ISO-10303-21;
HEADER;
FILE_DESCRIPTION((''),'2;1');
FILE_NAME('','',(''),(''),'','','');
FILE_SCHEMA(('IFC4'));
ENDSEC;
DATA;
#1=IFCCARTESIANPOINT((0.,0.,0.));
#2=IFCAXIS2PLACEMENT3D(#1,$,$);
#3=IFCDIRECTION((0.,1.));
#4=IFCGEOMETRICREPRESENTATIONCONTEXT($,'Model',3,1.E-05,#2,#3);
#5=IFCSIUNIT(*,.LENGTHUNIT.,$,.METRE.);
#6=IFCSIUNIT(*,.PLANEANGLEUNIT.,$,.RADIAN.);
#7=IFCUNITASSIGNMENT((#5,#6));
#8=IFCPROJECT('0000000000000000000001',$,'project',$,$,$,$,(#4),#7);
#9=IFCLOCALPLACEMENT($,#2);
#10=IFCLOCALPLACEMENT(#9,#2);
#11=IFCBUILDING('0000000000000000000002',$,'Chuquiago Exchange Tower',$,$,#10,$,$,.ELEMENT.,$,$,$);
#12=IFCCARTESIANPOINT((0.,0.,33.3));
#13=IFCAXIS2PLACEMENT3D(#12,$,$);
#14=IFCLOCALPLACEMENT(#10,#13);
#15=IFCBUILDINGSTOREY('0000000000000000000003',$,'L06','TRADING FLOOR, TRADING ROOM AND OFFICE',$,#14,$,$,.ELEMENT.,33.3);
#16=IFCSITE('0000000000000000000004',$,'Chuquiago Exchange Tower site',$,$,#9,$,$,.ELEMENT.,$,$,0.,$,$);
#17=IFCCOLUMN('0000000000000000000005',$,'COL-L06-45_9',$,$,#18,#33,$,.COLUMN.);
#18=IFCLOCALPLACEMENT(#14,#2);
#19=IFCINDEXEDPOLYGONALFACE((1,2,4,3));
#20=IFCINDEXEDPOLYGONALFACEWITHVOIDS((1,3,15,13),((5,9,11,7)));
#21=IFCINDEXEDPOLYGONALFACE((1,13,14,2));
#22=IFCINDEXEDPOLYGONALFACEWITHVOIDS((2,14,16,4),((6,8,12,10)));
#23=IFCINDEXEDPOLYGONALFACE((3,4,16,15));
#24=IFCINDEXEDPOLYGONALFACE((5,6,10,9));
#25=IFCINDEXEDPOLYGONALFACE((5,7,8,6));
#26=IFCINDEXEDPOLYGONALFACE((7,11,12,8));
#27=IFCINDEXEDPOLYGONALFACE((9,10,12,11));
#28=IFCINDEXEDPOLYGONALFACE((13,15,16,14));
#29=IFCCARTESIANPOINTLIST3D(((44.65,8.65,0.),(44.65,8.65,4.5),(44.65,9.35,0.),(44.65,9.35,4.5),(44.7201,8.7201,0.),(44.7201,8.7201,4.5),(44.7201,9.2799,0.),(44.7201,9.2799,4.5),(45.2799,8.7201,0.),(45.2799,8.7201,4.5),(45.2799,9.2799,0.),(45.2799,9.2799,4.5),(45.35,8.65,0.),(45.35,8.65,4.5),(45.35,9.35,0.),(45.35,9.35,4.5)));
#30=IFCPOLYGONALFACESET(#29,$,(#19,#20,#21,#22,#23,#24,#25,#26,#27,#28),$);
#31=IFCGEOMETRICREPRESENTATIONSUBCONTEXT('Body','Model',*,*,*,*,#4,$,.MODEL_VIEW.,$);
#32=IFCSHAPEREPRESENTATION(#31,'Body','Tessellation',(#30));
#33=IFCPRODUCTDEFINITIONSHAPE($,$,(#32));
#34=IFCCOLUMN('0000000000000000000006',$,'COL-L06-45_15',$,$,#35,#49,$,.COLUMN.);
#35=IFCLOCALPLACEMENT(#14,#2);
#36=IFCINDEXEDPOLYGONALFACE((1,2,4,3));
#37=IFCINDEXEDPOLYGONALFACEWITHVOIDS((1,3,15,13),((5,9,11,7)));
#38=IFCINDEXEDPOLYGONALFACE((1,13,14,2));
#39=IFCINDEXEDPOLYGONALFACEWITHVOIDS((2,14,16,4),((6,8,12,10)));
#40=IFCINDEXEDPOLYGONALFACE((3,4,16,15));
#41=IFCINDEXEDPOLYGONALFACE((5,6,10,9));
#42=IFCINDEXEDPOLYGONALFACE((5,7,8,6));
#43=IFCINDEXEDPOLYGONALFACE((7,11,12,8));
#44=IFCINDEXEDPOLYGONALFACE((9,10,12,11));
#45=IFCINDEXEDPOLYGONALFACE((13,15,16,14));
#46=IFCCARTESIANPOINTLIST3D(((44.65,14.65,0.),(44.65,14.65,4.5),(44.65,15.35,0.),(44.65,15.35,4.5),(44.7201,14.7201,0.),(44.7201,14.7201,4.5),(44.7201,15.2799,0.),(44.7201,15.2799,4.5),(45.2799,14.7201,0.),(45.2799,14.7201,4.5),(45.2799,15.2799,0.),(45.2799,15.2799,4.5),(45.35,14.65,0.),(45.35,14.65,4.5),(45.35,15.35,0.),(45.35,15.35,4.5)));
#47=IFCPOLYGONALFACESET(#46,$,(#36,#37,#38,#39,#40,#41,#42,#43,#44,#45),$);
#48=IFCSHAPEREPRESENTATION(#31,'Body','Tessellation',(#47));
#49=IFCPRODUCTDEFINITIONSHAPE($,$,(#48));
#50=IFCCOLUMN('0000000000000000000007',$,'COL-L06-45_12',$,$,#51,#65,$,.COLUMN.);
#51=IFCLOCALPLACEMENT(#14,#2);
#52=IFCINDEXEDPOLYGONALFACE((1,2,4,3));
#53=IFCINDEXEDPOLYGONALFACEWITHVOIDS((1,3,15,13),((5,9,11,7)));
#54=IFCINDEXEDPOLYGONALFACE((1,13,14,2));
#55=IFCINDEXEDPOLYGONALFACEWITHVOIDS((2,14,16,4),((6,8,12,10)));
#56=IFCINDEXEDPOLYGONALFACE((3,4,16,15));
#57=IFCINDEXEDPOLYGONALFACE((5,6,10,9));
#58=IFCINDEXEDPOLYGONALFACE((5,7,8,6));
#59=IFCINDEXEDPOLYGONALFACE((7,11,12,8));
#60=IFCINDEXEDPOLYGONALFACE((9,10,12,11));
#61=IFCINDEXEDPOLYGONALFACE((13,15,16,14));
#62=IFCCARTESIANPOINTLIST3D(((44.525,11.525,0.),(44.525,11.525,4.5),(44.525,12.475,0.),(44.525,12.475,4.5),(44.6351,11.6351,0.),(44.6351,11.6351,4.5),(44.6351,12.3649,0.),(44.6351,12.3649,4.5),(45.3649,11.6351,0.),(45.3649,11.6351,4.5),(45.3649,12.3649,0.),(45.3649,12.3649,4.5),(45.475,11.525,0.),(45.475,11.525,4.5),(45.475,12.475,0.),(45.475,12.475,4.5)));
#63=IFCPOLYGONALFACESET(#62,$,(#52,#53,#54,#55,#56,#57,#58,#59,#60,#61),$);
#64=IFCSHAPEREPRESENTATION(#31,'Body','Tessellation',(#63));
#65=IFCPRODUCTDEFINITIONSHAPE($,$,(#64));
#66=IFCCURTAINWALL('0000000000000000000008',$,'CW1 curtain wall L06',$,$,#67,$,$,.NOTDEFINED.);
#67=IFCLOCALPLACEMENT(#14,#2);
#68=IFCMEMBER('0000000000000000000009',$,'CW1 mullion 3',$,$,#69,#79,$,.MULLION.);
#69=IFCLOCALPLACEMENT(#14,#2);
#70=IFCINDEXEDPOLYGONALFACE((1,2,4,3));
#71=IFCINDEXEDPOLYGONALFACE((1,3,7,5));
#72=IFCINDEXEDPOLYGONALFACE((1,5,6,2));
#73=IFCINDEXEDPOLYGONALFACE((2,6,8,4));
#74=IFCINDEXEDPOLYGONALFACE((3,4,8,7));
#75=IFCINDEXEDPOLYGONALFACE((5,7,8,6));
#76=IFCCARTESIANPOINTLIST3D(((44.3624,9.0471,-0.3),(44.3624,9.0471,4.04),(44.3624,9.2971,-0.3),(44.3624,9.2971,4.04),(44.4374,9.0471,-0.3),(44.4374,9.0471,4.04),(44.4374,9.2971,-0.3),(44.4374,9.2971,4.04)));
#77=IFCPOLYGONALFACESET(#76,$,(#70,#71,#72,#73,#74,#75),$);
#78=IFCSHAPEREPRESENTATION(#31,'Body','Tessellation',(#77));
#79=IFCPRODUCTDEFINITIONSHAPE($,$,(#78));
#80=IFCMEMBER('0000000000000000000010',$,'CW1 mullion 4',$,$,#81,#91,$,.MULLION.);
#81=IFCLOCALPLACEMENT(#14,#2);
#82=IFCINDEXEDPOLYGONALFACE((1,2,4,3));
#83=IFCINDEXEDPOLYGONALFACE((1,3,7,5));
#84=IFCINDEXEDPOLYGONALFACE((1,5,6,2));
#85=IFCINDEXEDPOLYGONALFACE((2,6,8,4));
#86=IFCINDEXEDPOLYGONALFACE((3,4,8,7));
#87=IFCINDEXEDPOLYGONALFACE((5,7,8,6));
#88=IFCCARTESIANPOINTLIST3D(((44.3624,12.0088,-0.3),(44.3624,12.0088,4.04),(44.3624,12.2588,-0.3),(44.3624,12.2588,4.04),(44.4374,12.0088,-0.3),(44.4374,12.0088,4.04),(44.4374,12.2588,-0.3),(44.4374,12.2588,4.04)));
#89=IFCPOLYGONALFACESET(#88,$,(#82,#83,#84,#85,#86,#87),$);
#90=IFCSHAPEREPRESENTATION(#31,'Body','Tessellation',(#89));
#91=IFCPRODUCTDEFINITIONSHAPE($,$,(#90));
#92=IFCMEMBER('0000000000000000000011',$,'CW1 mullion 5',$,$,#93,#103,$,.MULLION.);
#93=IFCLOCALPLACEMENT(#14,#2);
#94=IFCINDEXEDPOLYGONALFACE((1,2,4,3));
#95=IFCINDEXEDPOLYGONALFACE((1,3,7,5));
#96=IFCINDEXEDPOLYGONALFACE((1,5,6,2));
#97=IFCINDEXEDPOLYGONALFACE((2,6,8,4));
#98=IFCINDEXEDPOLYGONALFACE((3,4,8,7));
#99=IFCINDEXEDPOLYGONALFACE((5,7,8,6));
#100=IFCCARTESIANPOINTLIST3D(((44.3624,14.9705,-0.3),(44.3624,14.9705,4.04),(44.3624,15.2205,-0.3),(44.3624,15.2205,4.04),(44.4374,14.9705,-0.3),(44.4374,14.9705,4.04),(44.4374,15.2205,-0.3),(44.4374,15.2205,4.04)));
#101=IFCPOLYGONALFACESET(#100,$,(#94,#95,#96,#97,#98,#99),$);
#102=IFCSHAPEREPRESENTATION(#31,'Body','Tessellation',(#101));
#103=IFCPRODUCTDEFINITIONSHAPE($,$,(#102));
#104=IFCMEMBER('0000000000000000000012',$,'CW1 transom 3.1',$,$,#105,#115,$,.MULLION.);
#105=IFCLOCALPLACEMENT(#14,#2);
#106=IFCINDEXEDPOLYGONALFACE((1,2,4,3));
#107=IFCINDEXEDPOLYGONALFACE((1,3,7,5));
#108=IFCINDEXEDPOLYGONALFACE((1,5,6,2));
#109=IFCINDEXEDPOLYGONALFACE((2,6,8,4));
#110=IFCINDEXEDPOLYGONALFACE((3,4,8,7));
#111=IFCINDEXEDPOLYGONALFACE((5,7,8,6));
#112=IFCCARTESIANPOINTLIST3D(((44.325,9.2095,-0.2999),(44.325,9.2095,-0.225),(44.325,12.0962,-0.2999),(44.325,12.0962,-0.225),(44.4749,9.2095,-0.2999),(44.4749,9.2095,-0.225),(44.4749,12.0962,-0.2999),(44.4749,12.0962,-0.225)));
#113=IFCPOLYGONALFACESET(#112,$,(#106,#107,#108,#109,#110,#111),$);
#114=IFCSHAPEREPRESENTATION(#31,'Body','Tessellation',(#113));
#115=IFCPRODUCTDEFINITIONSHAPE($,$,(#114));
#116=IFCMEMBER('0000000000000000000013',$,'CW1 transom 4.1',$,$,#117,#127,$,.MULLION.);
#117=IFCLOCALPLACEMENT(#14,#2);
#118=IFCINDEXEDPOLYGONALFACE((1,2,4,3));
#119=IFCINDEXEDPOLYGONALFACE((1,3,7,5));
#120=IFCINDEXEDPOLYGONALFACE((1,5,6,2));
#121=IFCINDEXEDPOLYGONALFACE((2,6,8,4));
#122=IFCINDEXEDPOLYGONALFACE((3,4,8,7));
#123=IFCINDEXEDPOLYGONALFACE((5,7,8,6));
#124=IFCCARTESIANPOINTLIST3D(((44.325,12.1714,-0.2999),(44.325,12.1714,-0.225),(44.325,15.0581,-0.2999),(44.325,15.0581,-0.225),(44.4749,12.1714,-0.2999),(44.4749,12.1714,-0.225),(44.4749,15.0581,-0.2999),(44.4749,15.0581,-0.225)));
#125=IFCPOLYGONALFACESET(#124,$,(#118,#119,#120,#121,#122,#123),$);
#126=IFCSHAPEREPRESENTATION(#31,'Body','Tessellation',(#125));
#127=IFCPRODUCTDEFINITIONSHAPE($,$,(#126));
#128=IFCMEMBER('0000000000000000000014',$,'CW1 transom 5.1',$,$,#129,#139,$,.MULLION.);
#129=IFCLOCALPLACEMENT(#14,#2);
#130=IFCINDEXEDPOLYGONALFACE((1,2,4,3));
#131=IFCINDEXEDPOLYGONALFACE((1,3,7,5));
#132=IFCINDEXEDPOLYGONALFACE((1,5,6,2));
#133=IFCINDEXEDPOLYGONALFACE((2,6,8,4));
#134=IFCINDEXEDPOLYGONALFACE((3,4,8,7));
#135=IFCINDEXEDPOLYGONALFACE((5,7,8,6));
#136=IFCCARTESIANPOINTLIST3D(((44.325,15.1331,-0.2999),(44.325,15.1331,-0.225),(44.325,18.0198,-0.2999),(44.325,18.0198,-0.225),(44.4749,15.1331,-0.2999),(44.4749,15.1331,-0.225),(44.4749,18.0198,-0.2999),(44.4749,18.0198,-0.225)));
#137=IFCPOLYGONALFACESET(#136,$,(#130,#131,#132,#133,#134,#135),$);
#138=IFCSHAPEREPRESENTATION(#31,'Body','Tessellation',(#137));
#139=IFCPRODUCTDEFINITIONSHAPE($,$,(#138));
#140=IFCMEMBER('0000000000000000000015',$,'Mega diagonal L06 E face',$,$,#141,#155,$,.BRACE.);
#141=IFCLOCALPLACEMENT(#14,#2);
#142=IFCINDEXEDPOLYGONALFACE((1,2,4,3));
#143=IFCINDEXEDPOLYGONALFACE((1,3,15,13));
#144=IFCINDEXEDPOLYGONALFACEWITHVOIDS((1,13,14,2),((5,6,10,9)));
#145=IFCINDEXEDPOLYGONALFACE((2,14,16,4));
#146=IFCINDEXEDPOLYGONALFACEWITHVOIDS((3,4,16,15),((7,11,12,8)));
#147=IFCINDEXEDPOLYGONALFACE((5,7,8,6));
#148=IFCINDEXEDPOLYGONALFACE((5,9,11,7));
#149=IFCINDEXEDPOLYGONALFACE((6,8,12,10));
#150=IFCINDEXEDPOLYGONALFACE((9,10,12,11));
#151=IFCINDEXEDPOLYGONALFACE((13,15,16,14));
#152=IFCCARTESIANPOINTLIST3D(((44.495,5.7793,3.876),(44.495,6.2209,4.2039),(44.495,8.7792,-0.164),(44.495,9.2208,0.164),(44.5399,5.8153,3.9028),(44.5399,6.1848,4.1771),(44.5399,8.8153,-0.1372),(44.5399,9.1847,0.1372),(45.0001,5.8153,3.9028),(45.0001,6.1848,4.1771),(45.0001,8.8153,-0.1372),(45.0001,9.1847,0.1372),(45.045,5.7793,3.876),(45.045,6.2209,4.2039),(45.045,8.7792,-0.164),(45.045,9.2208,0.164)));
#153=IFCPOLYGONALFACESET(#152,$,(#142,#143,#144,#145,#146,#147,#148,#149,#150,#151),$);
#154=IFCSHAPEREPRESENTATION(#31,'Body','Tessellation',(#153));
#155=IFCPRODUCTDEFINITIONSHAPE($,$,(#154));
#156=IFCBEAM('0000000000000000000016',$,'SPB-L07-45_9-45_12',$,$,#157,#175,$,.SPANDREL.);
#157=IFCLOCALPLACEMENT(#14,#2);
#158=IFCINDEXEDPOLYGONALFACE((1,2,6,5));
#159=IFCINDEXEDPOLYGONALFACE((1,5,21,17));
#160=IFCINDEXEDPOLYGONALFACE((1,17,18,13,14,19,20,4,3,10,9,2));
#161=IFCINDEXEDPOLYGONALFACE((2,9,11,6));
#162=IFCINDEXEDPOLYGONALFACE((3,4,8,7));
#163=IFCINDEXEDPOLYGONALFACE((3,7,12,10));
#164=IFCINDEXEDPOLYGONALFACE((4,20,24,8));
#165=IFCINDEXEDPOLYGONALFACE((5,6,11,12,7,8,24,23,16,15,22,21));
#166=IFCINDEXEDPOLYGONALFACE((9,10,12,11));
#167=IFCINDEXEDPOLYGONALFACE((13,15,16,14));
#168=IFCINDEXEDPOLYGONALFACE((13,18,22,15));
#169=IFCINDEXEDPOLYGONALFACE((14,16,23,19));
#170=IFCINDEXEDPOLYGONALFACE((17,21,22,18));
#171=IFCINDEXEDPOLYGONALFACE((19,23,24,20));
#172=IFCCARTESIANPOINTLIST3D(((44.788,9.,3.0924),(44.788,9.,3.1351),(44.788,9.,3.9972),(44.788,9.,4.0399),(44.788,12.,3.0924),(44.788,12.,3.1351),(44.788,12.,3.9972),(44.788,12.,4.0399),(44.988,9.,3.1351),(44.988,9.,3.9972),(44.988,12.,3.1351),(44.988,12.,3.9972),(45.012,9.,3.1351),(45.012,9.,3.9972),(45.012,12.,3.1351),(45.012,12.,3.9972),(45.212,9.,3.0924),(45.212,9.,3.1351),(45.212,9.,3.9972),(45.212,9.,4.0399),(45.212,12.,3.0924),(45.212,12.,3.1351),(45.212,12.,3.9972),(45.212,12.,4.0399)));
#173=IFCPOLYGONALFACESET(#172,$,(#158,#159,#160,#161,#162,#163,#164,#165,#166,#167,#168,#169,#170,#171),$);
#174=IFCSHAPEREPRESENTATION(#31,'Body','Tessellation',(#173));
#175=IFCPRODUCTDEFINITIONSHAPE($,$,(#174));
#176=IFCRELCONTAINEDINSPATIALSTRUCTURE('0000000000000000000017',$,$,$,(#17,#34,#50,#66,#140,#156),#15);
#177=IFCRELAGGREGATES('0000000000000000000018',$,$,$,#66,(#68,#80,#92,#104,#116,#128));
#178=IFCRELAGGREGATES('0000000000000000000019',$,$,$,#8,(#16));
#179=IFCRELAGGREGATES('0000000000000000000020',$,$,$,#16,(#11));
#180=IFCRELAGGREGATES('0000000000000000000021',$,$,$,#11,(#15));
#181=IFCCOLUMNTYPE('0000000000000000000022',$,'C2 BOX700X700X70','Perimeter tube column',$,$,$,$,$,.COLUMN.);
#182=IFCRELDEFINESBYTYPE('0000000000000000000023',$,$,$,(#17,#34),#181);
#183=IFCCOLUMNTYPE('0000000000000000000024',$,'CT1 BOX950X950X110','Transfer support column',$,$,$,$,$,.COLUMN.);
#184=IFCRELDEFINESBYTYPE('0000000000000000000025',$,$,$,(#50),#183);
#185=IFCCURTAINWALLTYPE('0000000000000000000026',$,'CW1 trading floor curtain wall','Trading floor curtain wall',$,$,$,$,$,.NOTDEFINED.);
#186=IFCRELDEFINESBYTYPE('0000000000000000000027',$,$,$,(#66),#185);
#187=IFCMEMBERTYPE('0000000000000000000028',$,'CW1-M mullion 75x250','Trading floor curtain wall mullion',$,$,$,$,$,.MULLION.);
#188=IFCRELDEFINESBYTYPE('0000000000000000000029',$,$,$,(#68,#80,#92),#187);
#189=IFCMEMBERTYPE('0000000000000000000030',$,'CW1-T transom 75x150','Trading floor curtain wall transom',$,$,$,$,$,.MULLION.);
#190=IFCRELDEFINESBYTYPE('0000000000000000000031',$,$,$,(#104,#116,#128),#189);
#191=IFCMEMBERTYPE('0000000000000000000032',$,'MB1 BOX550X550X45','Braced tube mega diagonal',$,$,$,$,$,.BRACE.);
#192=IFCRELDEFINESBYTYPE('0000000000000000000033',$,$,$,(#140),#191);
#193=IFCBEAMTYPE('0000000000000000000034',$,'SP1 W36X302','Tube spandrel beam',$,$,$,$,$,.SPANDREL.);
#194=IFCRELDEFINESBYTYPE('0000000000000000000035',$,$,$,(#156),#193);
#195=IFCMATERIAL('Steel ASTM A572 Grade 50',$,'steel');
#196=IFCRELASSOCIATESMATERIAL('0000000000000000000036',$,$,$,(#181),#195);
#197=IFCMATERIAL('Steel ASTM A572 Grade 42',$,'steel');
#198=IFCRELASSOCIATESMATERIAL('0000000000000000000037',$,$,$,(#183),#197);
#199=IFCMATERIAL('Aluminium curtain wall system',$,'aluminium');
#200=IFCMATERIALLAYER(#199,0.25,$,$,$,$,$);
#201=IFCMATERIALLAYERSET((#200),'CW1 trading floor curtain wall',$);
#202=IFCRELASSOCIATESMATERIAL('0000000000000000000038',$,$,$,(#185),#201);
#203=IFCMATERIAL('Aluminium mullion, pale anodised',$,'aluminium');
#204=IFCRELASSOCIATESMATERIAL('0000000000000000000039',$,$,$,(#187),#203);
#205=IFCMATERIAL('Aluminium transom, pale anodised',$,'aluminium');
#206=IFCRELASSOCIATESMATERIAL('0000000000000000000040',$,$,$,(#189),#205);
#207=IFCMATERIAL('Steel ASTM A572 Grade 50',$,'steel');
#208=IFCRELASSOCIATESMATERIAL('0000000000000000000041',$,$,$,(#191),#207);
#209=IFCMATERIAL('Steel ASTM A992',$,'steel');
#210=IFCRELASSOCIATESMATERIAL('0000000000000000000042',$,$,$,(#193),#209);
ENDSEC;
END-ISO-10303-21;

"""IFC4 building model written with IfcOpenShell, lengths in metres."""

from ifc_helpers import new_model, si_unit, direction, frame, origin, origin_2d, place, context, subcontext, project, spatial, rectangle, hollow_rectangle, i_section, extrude, material, layer, layer_set, material_profile, profile_set, type_object, element, aggregate, save


model = new_model("IFC4")

# Units and contexts
model_context = context("Model", 3, precision=1e-05, world=origin(), true_north=direction((0.0, 1.0)))
body_context = subcontext(model_context, "Body", "Model", "MODEL_VIEW")
ifc_project = project(units=[si_unit("LENGTHUNIT", "METRE"), si_unit("PLANEANGLEUNIT", "RADIAN")], contexts=[model_context])

# Site, building, storey
site_placement = place(None, origin())
site = spatial("IfcSite", under=ifc_project, at=site_placement, Name="Chuquiago Exchange Tower site", CompositionType="ELEMENT", RefElevation=0.0)
building_placement = place(site_placement, origin())
building = spatial("IfcBuilding", under=site, at=building_placement, Name="Chuquiago Exchange Tower", CompositionType="ELEMENT")
storey_placement = place(building_placement, frame((0.0, 0.0, 33.3)))
storey = spatial("IfcBuildingStorey", under=building, at=storey_placement, Name="L06", Description="TRADING FLOOR, TRADING ROOM AND OFFICE", CompositionType="ELEMENT", Elevation=33.3)

# Columns
ifc_material_1 = material(Name="Steel ASTM A572 Grade 50", Category="steel")
ifc_material_profile_1 = material_profile(ifc_material_1, hollow_rectangle(XDim=0.7, YDim=0.7, WallThickness=0.0701, at=origin_2d()), Name="BOX700X700X70")
ifc_profile_set_1 = profile_set([ifc_material_profile_1], Name="Steel ASTM A572 Grade 50")
column_type_1 = type_object("IfcColumnType", Name="C2 BOX700X700X70", Description="Perimeter tube column", PredefinedType="COLUMN", material=ifc_profile_set_1)
for number, where, z_axis, x_axis, name in (
    (1, (45.0, 9.0, 0.0), (0.0, 0.0, 1.0), (1.0, 0.0, 0.0), "COL-L06-45_9"),
    (2, (45.0, 15.0, 0.0), (0.0, 0.0, 1.0), (1.0, 0.0, 0.0), "COL-L06-45_15"),
):
    element("IfcColumn", number, at=place(storey_placement, frame(where, z_axis=z_axis, x_axis=x_axis)), inside=storey, type_object=column_type_1, Name=name, PredefinedType="COLUMN", context=body_context, shape_type="SweptSolid", body=[
        extrude(hollow_rectangle(XDim=0.7, YDim=0.7, WallThickness=0.0701, at=origin_2d()), origin(), (0.0, 0.0, 1.0), 4.5),
    ])
ifc_material_2 = material(Name="Steel ASTM A572 Grade 42", Category="steel")
ifc_material_profile_2 = material_profile(ifc_material_2, hollow_rectangle(XDim=0.95, YDim=0.95, WallThickness=0.1101, at=origin_2d()), Name="BOX950X950X110")
ifc_profile_set_2 = profile_set([ifc_material_profile_2], Name="Steel ASTM A572 Grade 42")
column_type_2 = type_object("IfcColumnType", Name="CT1 BOX950X950X110", Description="Transfer support column", PredefinedType="COLUMN", material=ifc_profile_set_2)
column_placement = place(storey_placement, frame((45.0, 12.0, 0.0), z_axis=(0.0, 0.0, 1.0), x_axis=(1.0, 0.0, 0.0)))
element("IfcColumn", 3, at=column_placement, inside=storey, type_object=column_type_2, Name="COL-L06-45_12", PredefinedType="COLUMN", context=body_context, shape_type="SweptSolid", body=[
    extrude(hollow_rectangle(XDim=0.95, YDim=0.95, WallThickness=0.1101, at=origin_2d()), origin(), (0.0, 0.0, 1.0), 4.5),
])

# Curtain wall, members
ifc_material_3 = material(Name="Aluminium curtain wall system", Category="aluminium")
ifc_layer_1 = layer(ifc_material_3, 0.25)
ifc_layer_set_1 = layer_set([ifc_layer_1], Name="CW1 trading floor curtain wall")
curtain_wall_type = type_object("IfcCurtainWallType", Name="CW1 trading floor curtain wall", Description="Trading floor curtain wall", PredefinedType="NOTDEFINED", material=ifc_layer_set_1)
curtain_wall_placement = place(storey_placement, origin())
curtain_wall = element("IfcCurtainWall", 4, at=curtain_wall_placement, inside=storey, type_object=curtain_wall_type, Name="CW1 curtain wall L06", PredefinedType="NOTDEFINED")
ifc_material_4 = material(Name="Aluminium mullion, pale anodised", Category="aluminium")
ifc_material_profile_3 = material_profile(ifc_material_4, rectangle(XDim=0.075, YDim=0.25, at=origin_2d()), Name="AL 75x250")
ifc_profile_set_3 = profile_set([ifc_material_profile_3], Name="Aluminium mullion, pale anodised")
member_type_1 = type_object("IfcMemberType", Name="CW1-M mullion 75x250", Description="Trading floor curtain wall mullion", PredefinedType="MULLION", material=ifc_profile_set_3)
member_1_placement = place(storey_placement, frame((44.3999, 9.1721, -0.3), z_axis=(0.0, 0.0, 1.0), x_axis=(-1.0, 0.0, 0.0)))
member_1 = element("IfcMember", 5, at=member_1_placement, type_object=member_type_1, Name="CW1 mullion 3", PredefinedType="MULLION", context=body_context, shape_type="SweptSolid", body=[
    extrude(rectangle(XDim=0.075, YDim=0.25, at=origin_2d()), origin(), (0.0, 0.0, 1.0), 4.3401),
])
member_2_placement = place(storey_placement, frame((44.3999, 12.1338, -0.3), z_axis=(0.0, 0.0, 1.0), x_axis=(-1.0, 0.0, 0.0)))
member_2 = element("IfcMember", 6, at=member_2_placement, type_object=member_type_1, Name="CW1 mullion 4", PredefinedType="MULLION", context=body_context, shape_type="SweptSolid", body=[
    extrude(rectangle(XDim=0.075, YDim=0.25, at=origin_2d()), origin(), (0.0, 0.0, 1.0), 4.3401),
])
member_3_placement = place(storey_placement, frame((44.3999, 15.0955, -0.3), z_axis=(0.0, 0.0, 1.0), x_axis=(-1.0, 0.0, 0.0)))
member_3 = element("IfcMember", 7, at=member_3_placement, type_object=member_type_1, Name="CW1 mullion 5", PredefinedType="MULLION", context=body_context, shape_type="SweptSolid", body=[
    extrude(rectangle(XDim=0.075, YDim=0.25, at=origin_2d()), origin(), (0.0, 0.0, 1.0), 4.3401),
])
ifc_material_5 = material(Name="Aluminium transom, pale anodised", Category="aluminium")
ifc_material_profile_4 = material_profile(ifc_material_5, rectangle(XDim=0.1499, YDim=0.075, at=origin_2d()), Name="AL 150x75")
ifc_profile_set_4 = profile_set([ifc_material_profile_4], Name="Aluminium transom, pale anodised")
member_type_2 = type_object("IfcMemberType", Name="CW1-T transom 75x150", Description="Trading floor curtain wall transom", PredefinedType="MULLION", material=ifc_profile_set_4)
member_4_placement = place(storey_placement, frame((44.3999, 9.2095, -0.2625), z_axis=(0.0, 1.0, 0.0), x_axis=(-1.0, 0.0, 0.0)))
member_4 = element("IfcMember", 8, at=member_4_placement, type_object=member_type_2, Name="CW1 transom 3.1", PredefinedType="MULLION", context=body_context, shape_type="SweptSolid", body=[
    extrude(rectangle(XDim=0.1499, YDim=0.075, at=origin_2d()), origin(), (0.0, 0.0, 1.0), 2.8867),
])
member_5_placement = place(storey_placement, frame((44.3999, 12.1714, -0.2625), z_axis=(0.0, 1.0, 0.0), x_axis=(-1.0, 0.0, 0.0)))
member_5 = element("IfcMember", 9, at=member_5_placement, type_object=member_type_2, Name="CW1 transom 4.1", PredefinedType="MULLION", context=body_context, shape_type="SweptSolid", body=[
    extrude(rectangle(XDim=0.1499, YDim=0.075, at=origin_2d()), origin(), (0.0, 0.0, 1.0), 2.8867),
])
member_6_placement = place(storey_placement, frame((44.3999, 15.1331, -0.2625), z_axis=(0.0, 1.0, 0.0), x_axis=(-1.0, 0.0, 0.0)))
member_6 = element("IfcMember", 10, at=member_6_placement, type_object=member_type_2, Name="CW1 transom 5.1", PredefinedType="MULLION", context=body_context, shape_type="SweptSolid", body=[
    extrude(rectangle(XDim=0.1499, YDim=0.075, at=origin_2d()), origin(), (0.0, 0.0, 1.0), 2.8867),
])

# Member
ifc_material_6 = material(Name="Steel ASTM A572 Grade 50", Category="steel")
ifc_material_profile_5 = material_profile(ifc_material_6, hollow_rectangle(XDim=0.55, YDim=0.55, WallThickness=0.0449, at=origin_2d()), Name="BOX550X550X45")
ifc_profile_set_5 = profile_set([ifc_material_profile_5], Name="Steel ASTM A572 Grade 50")
member_type_3 = type_object("IfcMemberType", Name="MB1 BOX550X550X45", Description="Braced tube mega diagonal", PredefinedType="BRACE", material=ifc_profile_set_5)
member_7_placement = place(storey_placement, frame((44.77, 9.0, 0.0), z_axis=(0.0, -0.596174, 0.802855), x_axis=(1.0, 0.0, 0.0)))
element("IfcMember", 11, at=member_7_placement, inside=storey, type_object=member_type_3, Name="Mega diagonal L06 E face", PredefinedType="BRACE", context=body_context, shape_type="SweptSolid", body=[
    extrude(hollow_rectangle(XDim=0.55, YDim=0.55, WallThickness=0.0449, at=origin_2d()), origin(), (0.0, 0.0, 1.0), 5.032),
])

# Beam
ifc_material_7 = material(Name="Steel ASTM A992", Category="steel")
ifc_material_profile_6 = material_profile(ifc_material_7, i_section(OverallWidth=0.4241, OverallDepth=0.9475, WebThickness=0.0239, FlangeThickness=0.0427, at=origin_2d()), Name="W36X302")
ifc_profile_set_6 = profile_set([ifc_material_profile_6], Name="Steel ASTM A992")
beam_type = type_object("IfcBeamType", Name="SP1 W36X302", Description="Tube spandrel beam", PredefinedType="SPANDREL", material=ifc_profile_set_6)
for number, where, z_axis, x_axis, name in (
    (12, (45.0, 9.0, 3.5662), (0.0, 1.0, 0.0), (-1.0, 0.0, 0.0), "SPB-L07-45_9-45_12"),
):
    element("IfcBeam", number, at=place(storey_placement, frame(where, z_axis=z_axis, x_axis=x_axis)), inside=storey, type_object=beam_type, Name=name, PredefinedType="SPANDREL", context=body_context, shape_type="SweptSolid", body=[
        extrude(i_section(OverallWidth=0.4241, OverallDepth=0.9475, WebThickness=0.0239, FlangeThickness=0.0427, at=origin_2d()), origin(), (0.0, 0.0, 1.0), 3.0),
    ])

aggregate(curtain_wall, [member_1, member_2, member_3, member_4, member_5, member_6])

save(model, "model.ifc")
